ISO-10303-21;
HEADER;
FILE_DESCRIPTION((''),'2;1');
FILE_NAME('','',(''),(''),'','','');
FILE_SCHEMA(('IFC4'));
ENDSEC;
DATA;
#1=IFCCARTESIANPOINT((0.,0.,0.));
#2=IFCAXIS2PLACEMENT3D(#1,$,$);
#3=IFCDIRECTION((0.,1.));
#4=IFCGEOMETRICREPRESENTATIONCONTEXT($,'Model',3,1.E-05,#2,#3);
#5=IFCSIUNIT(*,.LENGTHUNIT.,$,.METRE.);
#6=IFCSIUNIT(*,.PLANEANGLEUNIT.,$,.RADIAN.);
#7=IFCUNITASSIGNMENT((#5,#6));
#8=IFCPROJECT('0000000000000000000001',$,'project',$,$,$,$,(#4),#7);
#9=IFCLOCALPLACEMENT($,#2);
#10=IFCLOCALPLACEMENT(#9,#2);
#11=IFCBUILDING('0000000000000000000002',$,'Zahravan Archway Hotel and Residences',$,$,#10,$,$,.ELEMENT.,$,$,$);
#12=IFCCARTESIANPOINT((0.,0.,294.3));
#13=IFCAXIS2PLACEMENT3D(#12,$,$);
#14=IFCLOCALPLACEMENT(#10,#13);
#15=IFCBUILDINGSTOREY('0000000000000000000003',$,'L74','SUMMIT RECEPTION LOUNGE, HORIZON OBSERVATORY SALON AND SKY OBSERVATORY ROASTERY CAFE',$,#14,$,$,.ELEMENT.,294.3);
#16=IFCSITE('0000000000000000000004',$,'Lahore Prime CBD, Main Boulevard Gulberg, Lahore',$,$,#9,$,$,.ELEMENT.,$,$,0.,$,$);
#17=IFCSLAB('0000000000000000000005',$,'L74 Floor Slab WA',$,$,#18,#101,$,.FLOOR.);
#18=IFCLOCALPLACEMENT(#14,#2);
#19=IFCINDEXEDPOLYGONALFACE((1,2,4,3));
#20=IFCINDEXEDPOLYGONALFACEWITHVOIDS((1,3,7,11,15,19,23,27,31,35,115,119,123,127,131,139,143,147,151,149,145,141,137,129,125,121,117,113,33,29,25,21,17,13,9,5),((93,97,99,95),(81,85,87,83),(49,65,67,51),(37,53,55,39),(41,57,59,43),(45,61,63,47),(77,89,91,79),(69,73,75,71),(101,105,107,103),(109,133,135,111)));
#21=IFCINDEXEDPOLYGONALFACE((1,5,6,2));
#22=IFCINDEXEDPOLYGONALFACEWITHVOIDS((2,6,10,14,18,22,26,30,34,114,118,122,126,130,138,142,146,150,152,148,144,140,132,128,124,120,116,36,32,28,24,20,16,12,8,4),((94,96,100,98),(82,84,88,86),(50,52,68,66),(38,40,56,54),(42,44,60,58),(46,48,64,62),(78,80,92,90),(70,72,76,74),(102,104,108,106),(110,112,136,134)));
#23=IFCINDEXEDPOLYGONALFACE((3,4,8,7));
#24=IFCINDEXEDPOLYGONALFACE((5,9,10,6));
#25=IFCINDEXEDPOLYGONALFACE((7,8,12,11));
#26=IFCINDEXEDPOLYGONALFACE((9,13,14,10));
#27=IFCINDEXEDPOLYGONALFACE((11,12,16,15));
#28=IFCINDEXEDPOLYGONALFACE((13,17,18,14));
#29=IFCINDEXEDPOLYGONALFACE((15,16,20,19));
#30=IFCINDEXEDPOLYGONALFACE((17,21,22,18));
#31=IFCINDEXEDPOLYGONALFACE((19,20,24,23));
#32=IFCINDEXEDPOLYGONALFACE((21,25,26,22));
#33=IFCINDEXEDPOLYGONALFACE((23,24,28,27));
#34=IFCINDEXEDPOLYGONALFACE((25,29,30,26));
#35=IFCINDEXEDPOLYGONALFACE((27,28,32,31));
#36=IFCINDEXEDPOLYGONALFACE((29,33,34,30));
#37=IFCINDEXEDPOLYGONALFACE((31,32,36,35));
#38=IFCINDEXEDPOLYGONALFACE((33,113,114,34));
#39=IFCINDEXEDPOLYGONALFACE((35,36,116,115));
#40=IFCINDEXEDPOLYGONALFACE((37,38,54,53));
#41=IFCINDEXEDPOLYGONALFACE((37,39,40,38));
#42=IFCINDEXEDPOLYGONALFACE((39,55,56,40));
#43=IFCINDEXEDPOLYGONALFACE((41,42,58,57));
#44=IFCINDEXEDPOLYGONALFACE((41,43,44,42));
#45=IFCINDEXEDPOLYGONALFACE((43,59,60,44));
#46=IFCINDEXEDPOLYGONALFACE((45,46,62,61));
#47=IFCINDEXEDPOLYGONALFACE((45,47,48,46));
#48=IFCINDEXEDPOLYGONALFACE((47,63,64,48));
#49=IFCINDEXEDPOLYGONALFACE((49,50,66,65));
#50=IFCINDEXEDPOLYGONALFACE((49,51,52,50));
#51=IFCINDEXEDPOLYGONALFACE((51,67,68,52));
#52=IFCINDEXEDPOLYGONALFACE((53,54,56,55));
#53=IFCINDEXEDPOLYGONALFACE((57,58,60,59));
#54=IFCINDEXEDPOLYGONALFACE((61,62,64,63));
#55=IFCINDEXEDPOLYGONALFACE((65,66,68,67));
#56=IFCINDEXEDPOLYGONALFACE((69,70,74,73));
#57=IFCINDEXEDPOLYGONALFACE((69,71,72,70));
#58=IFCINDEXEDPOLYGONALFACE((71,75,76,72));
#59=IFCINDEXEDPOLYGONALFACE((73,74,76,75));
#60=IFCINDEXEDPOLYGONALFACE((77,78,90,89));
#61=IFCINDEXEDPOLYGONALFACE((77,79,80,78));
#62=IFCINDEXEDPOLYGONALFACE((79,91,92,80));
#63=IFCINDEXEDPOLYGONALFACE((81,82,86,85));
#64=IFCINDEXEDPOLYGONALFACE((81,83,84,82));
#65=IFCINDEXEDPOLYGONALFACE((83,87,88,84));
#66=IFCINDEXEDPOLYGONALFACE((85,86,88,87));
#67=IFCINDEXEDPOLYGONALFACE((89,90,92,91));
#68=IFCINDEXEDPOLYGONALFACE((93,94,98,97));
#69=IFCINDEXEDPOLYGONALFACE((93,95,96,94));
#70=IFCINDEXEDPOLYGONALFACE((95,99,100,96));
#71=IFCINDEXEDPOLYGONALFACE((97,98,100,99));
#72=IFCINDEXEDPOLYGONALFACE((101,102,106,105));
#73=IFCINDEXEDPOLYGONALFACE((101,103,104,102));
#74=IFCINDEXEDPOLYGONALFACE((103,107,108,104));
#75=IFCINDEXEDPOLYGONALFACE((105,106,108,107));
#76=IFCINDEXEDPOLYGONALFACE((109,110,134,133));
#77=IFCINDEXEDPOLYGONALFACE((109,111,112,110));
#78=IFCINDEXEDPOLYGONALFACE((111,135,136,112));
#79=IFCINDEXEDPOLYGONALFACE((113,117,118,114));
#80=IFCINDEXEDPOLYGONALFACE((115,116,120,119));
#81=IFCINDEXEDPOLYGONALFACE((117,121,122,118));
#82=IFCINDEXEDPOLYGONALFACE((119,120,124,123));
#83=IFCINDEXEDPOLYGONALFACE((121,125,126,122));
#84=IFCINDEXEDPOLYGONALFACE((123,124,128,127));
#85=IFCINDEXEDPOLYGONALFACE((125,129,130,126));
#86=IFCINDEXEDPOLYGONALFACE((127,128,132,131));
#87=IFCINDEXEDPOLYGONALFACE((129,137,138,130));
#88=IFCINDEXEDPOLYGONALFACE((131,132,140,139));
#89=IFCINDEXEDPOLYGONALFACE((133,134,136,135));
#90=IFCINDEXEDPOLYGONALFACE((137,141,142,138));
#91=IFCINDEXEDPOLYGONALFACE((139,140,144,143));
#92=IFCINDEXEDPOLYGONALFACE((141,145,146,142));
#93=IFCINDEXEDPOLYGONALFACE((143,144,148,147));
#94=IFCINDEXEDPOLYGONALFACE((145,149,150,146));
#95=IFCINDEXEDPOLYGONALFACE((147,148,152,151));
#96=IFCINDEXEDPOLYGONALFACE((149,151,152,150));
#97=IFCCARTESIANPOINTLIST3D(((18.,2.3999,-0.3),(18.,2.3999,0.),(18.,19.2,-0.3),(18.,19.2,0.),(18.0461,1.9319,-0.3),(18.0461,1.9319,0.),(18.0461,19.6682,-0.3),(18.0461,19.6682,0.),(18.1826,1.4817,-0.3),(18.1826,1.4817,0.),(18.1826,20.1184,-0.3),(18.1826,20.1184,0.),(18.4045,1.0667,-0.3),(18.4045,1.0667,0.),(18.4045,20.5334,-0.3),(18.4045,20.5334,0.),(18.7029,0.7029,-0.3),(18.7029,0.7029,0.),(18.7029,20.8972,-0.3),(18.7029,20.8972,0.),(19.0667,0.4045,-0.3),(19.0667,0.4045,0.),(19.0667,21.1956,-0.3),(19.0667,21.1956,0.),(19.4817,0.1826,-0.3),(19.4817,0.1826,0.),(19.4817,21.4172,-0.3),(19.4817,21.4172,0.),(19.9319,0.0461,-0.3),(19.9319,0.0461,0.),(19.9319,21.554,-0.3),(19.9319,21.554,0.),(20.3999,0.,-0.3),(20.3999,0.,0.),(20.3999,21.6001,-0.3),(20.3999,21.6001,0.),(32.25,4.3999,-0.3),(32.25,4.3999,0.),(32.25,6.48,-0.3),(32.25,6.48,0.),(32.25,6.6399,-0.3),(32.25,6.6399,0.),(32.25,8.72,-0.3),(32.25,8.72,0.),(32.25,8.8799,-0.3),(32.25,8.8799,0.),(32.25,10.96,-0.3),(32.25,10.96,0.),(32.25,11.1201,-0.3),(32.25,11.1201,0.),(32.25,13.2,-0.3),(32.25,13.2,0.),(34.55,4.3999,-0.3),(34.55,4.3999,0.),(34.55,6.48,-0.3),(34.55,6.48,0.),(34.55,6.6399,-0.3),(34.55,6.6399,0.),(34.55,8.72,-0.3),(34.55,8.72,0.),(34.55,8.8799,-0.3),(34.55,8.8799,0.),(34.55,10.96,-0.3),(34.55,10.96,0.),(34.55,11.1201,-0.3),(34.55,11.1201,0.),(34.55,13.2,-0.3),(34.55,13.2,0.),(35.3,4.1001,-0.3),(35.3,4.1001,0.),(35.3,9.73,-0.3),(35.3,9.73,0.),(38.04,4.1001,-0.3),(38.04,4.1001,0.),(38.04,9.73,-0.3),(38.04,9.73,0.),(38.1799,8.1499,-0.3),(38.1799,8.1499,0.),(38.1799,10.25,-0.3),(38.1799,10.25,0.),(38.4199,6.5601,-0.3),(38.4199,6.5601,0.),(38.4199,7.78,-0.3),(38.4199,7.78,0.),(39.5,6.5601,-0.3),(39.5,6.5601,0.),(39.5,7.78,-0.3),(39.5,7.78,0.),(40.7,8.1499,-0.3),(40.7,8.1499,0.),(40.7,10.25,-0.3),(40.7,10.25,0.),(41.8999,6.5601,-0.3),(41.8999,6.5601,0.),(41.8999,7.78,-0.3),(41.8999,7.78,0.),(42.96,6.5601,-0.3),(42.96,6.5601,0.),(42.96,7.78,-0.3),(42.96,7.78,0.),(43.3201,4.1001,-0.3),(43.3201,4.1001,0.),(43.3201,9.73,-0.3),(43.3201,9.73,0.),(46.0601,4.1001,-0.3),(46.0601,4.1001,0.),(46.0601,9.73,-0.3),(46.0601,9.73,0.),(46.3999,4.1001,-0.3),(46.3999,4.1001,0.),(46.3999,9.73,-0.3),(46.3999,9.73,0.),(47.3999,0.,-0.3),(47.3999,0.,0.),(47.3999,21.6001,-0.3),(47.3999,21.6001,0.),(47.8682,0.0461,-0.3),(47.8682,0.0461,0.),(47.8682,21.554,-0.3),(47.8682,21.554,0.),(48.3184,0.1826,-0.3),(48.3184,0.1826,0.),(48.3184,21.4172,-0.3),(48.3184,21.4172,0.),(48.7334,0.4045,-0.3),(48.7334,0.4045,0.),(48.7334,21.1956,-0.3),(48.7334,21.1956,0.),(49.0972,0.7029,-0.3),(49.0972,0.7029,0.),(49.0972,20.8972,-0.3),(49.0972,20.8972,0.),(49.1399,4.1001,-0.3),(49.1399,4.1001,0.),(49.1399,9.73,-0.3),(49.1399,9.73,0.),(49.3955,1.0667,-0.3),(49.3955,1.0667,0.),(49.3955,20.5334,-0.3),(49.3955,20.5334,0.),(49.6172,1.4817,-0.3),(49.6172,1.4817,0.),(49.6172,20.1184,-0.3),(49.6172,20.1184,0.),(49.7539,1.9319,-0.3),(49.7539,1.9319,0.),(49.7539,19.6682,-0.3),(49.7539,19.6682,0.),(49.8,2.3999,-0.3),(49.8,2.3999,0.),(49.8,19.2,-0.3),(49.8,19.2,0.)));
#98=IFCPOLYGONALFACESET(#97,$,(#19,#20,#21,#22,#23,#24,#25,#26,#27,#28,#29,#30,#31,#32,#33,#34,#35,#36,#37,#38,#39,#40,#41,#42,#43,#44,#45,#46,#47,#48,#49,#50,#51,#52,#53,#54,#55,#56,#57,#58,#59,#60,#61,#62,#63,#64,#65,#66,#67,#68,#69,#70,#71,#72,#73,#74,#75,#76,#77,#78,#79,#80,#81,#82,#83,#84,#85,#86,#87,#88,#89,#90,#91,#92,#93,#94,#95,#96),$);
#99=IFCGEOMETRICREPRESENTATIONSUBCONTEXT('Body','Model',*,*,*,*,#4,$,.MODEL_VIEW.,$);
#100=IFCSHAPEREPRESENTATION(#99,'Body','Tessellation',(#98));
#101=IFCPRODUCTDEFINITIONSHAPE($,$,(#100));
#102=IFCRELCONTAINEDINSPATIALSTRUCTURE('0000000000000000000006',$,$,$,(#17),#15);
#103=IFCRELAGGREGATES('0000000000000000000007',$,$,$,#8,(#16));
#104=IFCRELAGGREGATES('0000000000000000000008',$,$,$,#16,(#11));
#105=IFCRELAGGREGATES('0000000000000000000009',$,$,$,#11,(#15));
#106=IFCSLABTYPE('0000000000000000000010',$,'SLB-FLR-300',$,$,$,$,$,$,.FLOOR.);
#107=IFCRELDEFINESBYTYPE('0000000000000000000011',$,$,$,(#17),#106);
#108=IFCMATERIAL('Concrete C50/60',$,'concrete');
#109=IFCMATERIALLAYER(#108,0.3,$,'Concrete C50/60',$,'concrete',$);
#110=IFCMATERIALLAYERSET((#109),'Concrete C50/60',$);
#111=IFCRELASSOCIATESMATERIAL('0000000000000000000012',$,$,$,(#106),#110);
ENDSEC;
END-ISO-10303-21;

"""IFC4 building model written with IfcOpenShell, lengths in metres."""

from ifc_helpers import new_model, si_unit, direction, frame, origin, place, context, subcontext, project, spatial, polyline, outline, extrude, material, layer, layer_set, type_object, element, save


model = new_model("IFC4")

# Units and contexts
model_context = context("Model", 3, precision=1e-05, world=origin(), true_north=direction((0.0, 1.0)))
body_context = subcontext(model_context, "Body", "Model", "MODEL_VIEW")
ifc_project = project(units=[si_unit("LENGTHUNIT", "METRE"), si_unit("PLANEANGLEUNIT", "RADIAN")], contexts=[model_context])

# Site, building, storey
site_placement = place(None, origin())
site = spatial("IfcSite", under=ifc_project, at=site_placement, Name="Lahore Prime CBD, Main Boulevard Gulberg, Lahore", CompositionType="ELEMENT", RefElevation=0.0)
building_placement = place(site_placement, origin())
building = spatial("IfcBuilding", under=site, at=building_placement, Name="Zahravan Archway Hotel and Residences", CompositionType="ELEMENT")
storey_placement = place(building_placement, frame((0.0, 0.0, 294.3)))
storey = spatial("IfcBuildingStorey", under=building, at=storey_placement, Name="L74", Description="SUMMIT RECEPTION LOUNGE, HORIZON OBSERVATORY SALON AND SKY OBSERVATORY ROASTERY CAFE", CompositionType="ELEMENT", Elevation=294.3)

# Slab
ifc_material_1 = material(Name="Concrete C50/60", Category="concrete")
ifc_layer_1 = layer(ifc_material_1, 0.3, Name="Concrete C50/60", Category="concrete")
ifc_layer_set_1 = layer_set([ifc_layer_1], Name="Concrete C50/60")
slab_type_1 = type_object("IfcSlabType", Name="SLB-FLR-300", PredefinedType="FLOOR", material=ifc_layer_set_1)
slab_1_placement = place(storey_placement, frame((0.0, 0.0, -0.3)))
element("IfcSlab", 1, at=slab_1_placement, inside=storey, type_object=slab_type_1, Name="L74 Floor Slab WA", PredefinedType="FLOOR", context=body_context, shape_type="SweptSolid", body=[
    extrude(outline(polyline([(47.3999, 0.0), (47.8682, 0.0461), (48.3184, 0.1826), (48.7334, 0.4045), (49.0972, 0.7029), (49.3955, 1.0667), (49.6172, 1.4817), (49.7539, 1.9319), (49.8, 2.3999), (49.8, 19.2), (49.7539, 19.6682), (49.6172, 20.1184), (49.3955, 20.5334), (49.0972, 20.8972), (48.7334, 21.1956), (48.3184, 21.4172), (47.8682, 21.554), (47.3999, 21.6001), (20.3999, 21.6001), (19.9319, 21.554), (19.4817, 21.4172), (19.0667, 21.1956), (18.7029, 20.8972), (18.4045, 20.5334), (18.1826, 20.1184), (18.0461, 19.6682), (18.0, 19.2), (18.0, 2.3999), (18.0461, 1.9319), (18.1826, 1.4817), (18.4045, 1.0667), (18.7029, 0.7029), (19.0667, 0.4045), (19.4817, 0.1826), (19.9319, 0.0461), (20.3999, 0.0), (47.3999, 0.0)]), holes=[polyline([(35.3, 9.73), (35.3, 4.1001), (38.04, 4.1001), (38.04, 9.73), (35.3, 9.73)]), polyline([(43.3201, 9.73), (43.3201, 4.1001), (46.0601, 4.1001), (46.0601, 9.73), (43.3201, 9.73)]), polyline([(46.3999, 9.73), (46.3999, 4.1001), (49.1399, 4.1001), (49.1399, 9.73), (46.3999, 9.73)]), polyline([(38.1799, 8.1499), (40.7, 8.1499), (40.7, 10.25), (38.1799, 10.25), (38.1799, 8.1499)]), polyline([(32.25, 4.3999), (34.55, 4.3999), (34.55, 6.48), (32.25, 6.48), (32.25, 4.3999)]), polyline([(32.25, 6.6399), (34.55, 6.6399), (34.55, 8.72), (32.25, 8.72), (32.25, 6.6399)]), polyline([(32.25, 8.8799), (34.55, 8.8799), (34.55, 10.96), (32.25, 10.96), (32.25, 8.8799)]), polyline([(32.25, 11.1201), (34.55, 11.1201), (34.55, 13.2), (32.25, 13.2), (32.25, 11.1201)]), polyline([(38.4199, 6.5601), (39.5, 6.5601), (39.5, 7.78), (38.4199, 7.78), (38.4199, 6.5601)]), polyline([(41.8999, 6.5601), (42.96, 6.5601), (42.96, 7.78), (41.8999, 7.78), (41.8999, 6.5601)])]), origin(), (0.0, 0.0, 1.0), 0.3),
])

save(model, "model.ifc")
